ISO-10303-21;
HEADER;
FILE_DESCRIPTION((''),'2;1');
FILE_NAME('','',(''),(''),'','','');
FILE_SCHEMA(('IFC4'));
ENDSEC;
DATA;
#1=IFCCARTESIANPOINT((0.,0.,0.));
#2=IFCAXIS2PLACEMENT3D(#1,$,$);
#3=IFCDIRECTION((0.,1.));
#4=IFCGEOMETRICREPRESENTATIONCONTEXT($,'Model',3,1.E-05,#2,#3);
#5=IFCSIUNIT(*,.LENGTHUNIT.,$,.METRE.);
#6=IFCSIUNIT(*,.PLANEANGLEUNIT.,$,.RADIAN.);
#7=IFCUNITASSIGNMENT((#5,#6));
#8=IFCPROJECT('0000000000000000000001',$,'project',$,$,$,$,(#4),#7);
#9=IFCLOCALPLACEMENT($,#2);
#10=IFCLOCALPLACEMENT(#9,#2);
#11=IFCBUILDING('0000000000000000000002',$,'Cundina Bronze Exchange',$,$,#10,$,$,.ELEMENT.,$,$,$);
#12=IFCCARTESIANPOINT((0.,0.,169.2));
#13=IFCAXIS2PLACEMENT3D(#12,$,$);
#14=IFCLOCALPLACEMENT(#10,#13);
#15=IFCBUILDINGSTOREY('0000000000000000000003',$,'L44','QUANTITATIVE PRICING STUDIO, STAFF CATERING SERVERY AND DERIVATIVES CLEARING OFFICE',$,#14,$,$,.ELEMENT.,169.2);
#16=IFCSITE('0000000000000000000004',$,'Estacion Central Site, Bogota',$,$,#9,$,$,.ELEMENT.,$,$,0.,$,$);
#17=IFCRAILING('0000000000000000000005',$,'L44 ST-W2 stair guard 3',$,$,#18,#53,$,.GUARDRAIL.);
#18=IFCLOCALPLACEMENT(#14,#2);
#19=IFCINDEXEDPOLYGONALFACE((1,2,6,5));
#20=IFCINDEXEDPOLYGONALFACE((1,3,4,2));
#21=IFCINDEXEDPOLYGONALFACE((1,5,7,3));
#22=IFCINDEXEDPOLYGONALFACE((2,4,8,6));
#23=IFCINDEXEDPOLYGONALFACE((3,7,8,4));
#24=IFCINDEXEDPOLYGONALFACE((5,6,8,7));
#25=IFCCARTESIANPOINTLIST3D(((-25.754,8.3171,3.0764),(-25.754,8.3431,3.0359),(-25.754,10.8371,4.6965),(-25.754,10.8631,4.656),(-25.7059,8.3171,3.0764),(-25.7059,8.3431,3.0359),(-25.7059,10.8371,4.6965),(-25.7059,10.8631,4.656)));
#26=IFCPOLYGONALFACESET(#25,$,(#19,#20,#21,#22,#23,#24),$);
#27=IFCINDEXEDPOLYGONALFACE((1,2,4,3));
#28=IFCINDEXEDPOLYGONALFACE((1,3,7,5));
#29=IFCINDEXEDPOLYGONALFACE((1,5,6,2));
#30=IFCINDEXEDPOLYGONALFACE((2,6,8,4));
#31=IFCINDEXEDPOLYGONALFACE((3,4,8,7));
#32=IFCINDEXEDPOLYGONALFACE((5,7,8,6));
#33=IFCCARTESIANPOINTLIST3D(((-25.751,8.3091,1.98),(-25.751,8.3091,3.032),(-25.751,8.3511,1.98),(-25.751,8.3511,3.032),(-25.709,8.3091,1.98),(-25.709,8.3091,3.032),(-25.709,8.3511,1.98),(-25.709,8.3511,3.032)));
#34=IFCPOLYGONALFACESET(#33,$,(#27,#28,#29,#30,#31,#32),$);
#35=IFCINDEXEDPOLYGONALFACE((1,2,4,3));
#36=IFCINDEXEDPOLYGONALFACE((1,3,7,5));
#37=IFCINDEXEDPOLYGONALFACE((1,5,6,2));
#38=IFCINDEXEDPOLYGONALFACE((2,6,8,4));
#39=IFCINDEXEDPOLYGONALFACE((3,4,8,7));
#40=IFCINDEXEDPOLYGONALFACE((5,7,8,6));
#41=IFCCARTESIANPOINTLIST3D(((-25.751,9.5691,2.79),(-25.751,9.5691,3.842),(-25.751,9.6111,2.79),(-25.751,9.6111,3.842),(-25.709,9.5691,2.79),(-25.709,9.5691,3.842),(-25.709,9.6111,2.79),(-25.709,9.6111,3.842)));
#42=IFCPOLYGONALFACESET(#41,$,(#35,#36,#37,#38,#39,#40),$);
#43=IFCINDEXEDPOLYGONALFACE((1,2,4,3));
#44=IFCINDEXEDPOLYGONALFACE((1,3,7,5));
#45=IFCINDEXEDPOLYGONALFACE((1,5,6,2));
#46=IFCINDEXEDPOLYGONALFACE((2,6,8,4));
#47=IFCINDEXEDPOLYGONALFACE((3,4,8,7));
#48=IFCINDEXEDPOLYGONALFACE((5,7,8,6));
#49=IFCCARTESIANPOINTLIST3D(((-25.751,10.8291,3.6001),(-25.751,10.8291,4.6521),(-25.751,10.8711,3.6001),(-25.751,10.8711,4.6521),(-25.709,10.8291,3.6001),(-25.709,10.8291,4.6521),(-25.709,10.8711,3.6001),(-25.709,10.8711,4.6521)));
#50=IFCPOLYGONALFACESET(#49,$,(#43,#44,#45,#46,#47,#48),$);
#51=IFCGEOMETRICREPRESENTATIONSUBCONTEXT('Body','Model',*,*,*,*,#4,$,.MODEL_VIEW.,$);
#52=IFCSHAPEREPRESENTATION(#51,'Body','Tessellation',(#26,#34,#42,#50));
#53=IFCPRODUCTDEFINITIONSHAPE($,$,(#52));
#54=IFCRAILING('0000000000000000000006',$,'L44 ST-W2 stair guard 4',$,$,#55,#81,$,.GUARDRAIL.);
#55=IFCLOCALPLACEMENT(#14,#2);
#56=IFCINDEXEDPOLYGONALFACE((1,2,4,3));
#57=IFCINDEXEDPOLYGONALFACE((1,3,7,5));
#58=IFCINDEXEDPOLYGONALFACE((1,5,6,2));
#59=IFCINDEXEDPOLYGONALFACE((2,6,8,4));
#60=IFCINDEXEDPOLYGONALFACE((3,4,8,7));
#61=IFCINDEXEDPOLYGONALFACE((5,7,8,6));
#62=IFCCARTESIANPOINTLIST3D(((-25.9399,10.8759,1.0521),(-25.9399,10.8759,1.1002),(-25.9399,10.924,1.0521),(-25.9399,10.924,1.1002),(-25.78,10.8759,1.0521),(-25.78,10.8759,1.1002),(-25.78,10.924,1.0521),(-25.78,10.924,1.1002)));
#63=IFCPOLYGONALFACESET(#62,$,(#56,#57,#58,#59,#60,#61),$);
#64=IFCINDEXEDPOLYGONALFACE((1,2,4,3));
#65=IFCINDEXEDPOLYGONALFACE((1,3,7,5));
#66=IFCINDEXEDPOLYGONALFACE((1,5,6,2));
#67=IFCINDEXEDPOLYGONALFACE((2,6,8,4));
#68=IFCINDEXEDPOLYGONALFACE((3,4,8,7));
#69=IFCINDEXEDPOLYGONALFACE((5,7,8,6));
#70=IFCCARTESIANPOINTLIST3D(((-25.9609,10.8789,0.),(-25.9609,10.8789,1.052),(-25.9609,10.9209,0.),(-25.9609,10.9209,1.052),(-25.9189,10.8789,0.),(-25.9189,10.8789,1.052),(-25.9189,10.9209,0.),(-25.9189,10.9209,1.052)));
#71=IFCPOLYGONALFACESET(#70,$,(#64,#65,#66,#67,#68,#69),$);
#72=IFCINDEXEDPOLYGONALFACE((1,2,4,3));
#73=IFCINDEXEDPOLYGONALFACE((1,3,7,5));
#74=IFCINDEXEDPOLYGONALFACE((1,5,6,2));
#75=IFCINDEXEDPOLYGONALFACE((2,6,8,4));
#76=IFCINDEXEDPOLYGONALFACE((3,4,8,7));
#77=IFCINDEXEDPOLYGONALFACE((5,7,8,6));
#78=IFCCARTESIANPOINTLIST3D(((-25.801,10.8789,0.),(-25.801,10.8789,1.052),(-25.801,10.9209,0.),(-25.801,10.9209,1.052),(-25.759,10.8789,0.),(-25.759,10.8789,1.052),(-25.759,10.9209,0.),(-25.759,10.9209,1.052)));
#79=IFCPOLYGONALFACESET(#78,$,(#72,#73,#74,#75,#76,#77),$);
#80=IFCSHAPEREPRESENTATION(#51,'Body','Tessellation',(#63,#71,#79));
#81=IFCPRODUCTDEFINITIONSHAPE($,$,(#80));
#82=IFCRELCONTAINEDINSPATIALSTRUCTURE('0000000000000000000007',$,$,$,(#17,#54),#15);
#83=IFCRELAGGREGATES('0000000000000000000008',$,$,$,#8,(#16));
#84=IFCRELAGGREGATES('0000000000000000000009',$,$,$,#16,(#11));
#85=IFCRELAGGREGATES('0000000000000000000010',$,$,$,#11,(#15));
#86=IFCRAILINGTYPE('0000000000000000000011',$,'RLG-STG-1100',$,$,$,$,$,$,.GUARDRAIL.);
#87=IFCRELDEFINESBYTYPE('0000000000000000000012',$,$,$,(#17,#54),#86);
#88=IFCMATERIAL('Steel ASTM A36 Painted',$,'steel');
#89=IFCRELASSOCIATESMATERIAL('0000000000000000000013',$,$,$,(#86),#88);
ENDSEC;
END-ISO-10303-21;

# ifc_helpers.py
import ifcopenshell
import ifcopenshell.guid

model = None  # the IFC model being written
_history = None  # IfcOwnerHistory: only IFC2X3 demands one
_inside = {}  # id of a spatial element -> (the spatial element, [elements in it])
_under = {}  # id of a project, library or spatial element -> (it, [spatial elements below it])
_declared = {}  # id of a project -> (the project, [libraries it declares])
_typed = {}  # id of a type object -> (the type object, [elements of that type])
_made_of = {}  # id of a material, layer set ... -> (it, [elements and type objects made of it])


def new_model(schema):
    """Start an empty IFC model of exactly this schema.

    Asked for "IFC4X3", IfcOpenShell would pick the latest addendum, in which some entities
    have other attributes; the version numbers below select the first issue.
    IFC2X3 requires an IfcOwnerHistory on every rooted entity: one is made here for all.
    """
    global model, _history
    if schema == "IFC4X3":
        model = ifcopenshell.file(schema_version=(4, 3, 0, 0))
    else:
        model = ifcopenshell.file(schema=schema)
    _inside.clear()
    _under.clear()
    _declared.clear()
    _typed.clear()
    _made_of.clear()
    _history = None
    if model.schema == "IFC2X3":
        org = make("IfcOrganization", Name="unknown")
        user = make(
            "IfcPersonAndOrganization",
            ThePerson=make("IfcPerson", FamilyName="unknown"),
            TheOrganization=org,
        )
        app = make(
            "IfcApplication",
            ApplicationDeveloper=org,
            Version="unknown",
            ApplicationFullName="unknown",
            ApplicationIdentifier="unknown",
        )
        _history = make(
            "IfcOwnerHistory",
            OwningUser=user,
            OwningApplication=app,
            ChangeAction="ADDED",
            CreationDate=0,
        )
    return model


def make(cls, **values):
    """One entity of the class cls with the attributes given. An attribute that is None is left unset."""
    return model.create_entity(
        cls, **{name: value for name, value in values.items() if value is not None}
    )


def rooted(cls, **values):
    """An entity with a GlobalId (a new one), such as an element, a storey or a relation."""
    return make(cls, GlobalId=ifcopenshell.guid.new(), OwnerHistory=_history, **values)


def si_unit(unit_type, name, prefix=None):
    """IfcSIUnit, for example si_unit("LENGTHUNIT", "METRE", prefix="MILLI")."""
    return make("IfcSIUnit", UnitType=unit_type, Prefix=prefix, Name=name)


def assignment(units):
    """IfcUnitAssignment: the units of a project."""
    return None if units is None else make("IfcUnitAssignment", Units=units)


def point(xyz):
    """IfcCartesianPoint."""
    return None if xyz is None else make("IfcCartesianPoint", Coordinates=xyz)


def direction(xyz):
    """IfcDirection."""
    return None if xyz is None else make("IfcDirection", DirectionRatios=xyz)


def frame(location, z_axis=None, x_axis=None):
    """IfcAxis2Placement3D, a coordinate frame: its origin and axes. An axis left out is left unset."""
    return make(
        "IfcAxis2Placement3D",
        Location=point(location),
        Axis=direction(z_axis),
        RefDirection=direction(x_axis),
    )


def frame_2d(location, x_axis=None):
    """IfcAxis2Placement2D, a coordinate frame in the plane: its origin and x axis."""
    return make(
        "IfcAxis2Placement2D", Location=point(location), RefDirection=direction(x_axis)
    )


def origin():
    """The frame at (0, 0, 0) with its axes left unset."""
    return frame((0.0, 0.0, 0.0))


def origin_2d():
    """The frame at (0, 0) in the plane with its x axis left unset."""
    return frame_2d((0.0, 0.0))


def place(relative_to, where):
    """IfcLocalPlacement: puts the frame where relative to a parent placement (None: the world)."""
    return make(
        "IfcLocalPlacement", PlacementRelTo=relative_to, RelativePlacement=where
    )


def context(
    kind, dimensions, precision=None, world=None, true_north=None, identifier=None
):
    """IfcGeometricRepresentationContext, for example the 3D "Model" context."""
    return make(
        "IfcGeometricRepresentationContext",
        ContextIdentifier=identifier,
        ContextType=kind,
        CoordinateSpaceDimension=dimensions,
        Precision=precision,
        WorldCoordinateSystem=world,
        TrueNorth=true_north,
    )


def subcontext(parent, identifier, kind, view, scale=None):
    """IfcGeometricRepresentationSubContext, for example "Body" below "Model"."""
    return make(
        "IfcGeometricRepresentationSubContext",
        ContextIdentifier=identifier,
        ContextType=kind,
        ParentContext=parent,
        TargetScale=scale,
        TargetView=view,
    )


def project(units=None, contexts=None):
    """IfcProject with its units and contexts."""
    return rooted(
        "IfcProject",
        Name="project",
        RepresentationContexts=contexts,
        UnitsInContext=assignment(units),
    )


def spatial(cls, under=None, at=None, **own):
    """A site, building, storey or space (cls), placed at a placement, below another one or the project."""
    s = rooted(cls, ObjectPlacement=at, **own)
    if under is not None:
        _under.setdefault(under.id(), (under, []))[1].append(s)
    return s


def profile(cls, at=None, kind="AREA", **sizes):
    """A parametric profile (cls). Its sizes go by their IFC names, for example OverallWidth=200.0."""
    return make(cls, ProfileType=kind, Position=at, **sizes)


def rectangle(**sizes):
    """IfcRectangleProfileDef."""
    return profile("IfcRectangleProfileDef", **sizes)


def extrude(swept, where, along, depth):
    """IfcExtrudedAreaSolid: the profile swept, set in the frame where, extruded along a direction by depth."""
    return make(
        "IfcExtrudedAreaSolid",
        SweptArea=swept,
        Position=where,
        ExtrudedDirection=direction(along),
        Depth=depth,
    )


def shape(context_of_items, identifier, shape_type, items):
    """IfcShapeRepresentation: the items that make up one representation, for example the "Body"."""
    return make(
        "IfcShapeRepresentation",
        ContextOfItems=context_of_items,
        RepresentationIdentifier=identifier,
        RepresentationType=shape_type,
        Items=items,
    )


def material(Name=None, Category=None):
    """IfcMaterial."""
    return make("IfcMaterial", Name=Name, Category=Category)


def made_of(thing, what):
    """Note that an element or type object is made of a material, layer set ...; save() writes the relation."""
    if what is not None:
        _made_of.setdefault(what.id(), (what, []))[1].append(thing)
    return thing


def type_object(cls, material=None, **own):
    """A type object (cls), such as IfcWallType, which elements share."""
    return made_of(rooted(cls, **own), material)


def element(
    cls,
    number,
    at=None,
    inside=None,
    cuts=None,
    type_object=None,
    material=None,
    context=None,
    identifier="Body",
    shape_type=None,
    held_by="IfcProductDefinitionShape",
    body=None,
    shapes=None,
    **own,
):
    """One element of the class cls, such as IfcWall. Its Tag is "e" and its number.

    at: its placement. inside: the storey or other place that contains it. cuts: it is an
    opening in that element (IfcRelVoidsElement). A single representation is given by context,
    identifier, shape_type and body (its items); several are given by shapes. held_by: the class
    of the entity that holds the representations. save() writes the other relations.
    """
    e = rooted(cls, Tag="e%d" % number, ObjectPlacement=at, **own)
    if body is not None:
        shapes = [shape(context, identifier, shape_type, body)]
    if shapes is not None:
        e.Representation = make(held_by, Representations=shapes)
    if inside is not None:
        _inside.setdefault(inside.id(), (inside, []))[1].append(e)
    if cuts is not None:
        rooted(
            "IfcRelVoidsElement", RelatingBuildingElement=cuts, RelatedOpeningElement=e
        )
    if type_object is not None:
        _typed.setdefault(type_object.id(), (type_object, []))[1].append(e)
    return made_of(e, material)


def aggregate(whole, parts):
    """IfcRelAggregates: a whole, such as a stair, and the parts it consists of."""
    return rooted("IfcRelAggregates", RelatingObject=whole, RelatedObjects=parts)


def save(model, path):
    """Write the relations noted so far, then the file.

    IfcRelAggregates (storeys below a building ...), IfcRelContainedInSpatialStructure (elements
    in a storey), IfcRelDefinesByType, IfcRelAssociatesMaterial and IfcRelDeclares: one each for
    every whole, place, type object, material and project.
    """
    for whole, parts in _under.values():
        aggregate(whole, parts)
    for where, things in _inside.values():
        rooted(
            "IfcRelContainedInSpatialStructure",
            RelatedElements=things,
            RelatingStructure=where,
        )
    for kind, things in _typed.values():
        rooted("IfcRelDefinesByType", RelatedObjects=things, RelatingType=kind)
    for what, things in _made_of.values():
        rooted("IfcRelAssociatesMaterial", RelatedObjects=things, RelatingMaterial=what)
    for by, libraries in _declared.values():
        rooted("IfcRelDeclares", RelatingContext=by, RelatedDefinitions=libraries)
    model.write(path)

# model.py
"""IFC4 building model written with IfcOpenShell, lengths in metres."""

from ifc_helpers import new_model, si_unit, direction, frame, origin, origin_2d, place, context, subcontext, project, spatial, rectangle, extrude, material, type_object, element, save


model = new_model("IFC4")

# Units and contexts
model_context = context("Model", 3, precision=1e-05, world=origin(), true_north=direction((0.0, 1.0)))
body_context = subcontext(model_context, "Body", "Model", "MODEL_VIEW")
ifc_project = project(units=[si_unit("LENGTHUNIT", "METRE"), si_unit("PLANEANGLEUNIT", "RADIAN")], contexts=[model_context])

# Site, building, storey
site_placement = place(None, origin())
site = spatial("IfcSite", under=ifc_project, at=site_placement, Name="Estacion Central Site, Bogota", CompositionType="ELEMENT", RefElevation=0.0)
building_placement = place(site_placement, origin())
building = spatial("IfcBuilding", under=site, at=building_placement, Name="Cundina Bronze Exchange", CompositionType="ELEMENT")
storey_placement = place(building_placement, frame((0.0, 0.0, 169.2)))
storey = spatial("IfcBuildingStorey", under=building, at=storey_placement, Name="L44", Description="QUANTITATIVE PRICING STUDIO, STAFF CATERING SERVERY AND DERIVATIVES CLEARING OFFICE", CompositionType="ELEMENT", Elevation=169.2)

# Shared definitions
ifc_material_1 = material(Name="Steel ASTM A36 Painted", Category="steel")

# Railings
railing_type_1 = type_object("IfcRailingType", Name="RLG-STG-1100", PredefinedType="GUARDRAIL", material=ifc_material_1)
railing_1_placement = place(storey_placement, frame((-25.73, 8.3301, 1.98)))
element("IfcRailing", 1, at=railing_1_placement, inside=storey, type_object=railing_type_1, Name="L44 ST-W2 stair guard 3", PredefinedType="GUARDRAIL", context=body_context, shape_type="SweptSolid", body=[
    extrude(rectangle(XDim=0.0481, YDim=0.0481, at=origin_2d()), frame((0.0, 0.0, 1.0762), z_axis=(0.0, 0.841163, 0.540782), x_axis=(-1.0, 0.0, 0.0)), (0.0, 0.0, 1.0), 2.9958),
    extrude(rectangle(XDim=0.042, YDim=0.042, at=origin_2d()), origin(), (0.0, 0.0, 1.0), 1.052),
    extrude(rectangle(XDim=0.042, YDim=0.042, at=origin_2d()), frame((0.0, 1.26, 0.8101)), (0.0, 0.0, 1.0), 1.052),
    extrude(rectangle(XDim=0.042, YDim=0.042, at=origin_2d()), frame((0.0, 2.52, 1.6201)), (0.0, 0.0, 1.0), 1.052),
])
railing_2_placement = place(storey_placement, frame((-25.9399, 10.8999, 0.0)))
element("IfcRailing", 2, at=railing_2_placement, inside=storey, type_object=railing_type_1, Name="L44 ST-W2 stair guard 4", PredefinedType="GUARDRAIL", context=body_context, shape_type="SweptSolid", body=[
    extrude(rectangle(XDim=0.0481, YDim=0.0481, at=origin_2d()), frame((0.0, 0.0, 1.0762), z_axis=(1.0, 0.0, 0.0), x_axis=(0.0, 1.0, 0.0)), (0.0, 0.0, 1.0), 0.1599),
    extrude(rectangle(XDim=0.042, YDim=0.042, at=origin_2d()), origin(), (0.0, 0.0, 1.0), 1.052),
    extrude(rectangle(XDim=0.042, YDim=0.042, at=origin_2d()), frame((0.1599, 0.0, 0.0)), (0.0, 0.0, 1.0), 1.052),
])

save(model, "model.ifc")
